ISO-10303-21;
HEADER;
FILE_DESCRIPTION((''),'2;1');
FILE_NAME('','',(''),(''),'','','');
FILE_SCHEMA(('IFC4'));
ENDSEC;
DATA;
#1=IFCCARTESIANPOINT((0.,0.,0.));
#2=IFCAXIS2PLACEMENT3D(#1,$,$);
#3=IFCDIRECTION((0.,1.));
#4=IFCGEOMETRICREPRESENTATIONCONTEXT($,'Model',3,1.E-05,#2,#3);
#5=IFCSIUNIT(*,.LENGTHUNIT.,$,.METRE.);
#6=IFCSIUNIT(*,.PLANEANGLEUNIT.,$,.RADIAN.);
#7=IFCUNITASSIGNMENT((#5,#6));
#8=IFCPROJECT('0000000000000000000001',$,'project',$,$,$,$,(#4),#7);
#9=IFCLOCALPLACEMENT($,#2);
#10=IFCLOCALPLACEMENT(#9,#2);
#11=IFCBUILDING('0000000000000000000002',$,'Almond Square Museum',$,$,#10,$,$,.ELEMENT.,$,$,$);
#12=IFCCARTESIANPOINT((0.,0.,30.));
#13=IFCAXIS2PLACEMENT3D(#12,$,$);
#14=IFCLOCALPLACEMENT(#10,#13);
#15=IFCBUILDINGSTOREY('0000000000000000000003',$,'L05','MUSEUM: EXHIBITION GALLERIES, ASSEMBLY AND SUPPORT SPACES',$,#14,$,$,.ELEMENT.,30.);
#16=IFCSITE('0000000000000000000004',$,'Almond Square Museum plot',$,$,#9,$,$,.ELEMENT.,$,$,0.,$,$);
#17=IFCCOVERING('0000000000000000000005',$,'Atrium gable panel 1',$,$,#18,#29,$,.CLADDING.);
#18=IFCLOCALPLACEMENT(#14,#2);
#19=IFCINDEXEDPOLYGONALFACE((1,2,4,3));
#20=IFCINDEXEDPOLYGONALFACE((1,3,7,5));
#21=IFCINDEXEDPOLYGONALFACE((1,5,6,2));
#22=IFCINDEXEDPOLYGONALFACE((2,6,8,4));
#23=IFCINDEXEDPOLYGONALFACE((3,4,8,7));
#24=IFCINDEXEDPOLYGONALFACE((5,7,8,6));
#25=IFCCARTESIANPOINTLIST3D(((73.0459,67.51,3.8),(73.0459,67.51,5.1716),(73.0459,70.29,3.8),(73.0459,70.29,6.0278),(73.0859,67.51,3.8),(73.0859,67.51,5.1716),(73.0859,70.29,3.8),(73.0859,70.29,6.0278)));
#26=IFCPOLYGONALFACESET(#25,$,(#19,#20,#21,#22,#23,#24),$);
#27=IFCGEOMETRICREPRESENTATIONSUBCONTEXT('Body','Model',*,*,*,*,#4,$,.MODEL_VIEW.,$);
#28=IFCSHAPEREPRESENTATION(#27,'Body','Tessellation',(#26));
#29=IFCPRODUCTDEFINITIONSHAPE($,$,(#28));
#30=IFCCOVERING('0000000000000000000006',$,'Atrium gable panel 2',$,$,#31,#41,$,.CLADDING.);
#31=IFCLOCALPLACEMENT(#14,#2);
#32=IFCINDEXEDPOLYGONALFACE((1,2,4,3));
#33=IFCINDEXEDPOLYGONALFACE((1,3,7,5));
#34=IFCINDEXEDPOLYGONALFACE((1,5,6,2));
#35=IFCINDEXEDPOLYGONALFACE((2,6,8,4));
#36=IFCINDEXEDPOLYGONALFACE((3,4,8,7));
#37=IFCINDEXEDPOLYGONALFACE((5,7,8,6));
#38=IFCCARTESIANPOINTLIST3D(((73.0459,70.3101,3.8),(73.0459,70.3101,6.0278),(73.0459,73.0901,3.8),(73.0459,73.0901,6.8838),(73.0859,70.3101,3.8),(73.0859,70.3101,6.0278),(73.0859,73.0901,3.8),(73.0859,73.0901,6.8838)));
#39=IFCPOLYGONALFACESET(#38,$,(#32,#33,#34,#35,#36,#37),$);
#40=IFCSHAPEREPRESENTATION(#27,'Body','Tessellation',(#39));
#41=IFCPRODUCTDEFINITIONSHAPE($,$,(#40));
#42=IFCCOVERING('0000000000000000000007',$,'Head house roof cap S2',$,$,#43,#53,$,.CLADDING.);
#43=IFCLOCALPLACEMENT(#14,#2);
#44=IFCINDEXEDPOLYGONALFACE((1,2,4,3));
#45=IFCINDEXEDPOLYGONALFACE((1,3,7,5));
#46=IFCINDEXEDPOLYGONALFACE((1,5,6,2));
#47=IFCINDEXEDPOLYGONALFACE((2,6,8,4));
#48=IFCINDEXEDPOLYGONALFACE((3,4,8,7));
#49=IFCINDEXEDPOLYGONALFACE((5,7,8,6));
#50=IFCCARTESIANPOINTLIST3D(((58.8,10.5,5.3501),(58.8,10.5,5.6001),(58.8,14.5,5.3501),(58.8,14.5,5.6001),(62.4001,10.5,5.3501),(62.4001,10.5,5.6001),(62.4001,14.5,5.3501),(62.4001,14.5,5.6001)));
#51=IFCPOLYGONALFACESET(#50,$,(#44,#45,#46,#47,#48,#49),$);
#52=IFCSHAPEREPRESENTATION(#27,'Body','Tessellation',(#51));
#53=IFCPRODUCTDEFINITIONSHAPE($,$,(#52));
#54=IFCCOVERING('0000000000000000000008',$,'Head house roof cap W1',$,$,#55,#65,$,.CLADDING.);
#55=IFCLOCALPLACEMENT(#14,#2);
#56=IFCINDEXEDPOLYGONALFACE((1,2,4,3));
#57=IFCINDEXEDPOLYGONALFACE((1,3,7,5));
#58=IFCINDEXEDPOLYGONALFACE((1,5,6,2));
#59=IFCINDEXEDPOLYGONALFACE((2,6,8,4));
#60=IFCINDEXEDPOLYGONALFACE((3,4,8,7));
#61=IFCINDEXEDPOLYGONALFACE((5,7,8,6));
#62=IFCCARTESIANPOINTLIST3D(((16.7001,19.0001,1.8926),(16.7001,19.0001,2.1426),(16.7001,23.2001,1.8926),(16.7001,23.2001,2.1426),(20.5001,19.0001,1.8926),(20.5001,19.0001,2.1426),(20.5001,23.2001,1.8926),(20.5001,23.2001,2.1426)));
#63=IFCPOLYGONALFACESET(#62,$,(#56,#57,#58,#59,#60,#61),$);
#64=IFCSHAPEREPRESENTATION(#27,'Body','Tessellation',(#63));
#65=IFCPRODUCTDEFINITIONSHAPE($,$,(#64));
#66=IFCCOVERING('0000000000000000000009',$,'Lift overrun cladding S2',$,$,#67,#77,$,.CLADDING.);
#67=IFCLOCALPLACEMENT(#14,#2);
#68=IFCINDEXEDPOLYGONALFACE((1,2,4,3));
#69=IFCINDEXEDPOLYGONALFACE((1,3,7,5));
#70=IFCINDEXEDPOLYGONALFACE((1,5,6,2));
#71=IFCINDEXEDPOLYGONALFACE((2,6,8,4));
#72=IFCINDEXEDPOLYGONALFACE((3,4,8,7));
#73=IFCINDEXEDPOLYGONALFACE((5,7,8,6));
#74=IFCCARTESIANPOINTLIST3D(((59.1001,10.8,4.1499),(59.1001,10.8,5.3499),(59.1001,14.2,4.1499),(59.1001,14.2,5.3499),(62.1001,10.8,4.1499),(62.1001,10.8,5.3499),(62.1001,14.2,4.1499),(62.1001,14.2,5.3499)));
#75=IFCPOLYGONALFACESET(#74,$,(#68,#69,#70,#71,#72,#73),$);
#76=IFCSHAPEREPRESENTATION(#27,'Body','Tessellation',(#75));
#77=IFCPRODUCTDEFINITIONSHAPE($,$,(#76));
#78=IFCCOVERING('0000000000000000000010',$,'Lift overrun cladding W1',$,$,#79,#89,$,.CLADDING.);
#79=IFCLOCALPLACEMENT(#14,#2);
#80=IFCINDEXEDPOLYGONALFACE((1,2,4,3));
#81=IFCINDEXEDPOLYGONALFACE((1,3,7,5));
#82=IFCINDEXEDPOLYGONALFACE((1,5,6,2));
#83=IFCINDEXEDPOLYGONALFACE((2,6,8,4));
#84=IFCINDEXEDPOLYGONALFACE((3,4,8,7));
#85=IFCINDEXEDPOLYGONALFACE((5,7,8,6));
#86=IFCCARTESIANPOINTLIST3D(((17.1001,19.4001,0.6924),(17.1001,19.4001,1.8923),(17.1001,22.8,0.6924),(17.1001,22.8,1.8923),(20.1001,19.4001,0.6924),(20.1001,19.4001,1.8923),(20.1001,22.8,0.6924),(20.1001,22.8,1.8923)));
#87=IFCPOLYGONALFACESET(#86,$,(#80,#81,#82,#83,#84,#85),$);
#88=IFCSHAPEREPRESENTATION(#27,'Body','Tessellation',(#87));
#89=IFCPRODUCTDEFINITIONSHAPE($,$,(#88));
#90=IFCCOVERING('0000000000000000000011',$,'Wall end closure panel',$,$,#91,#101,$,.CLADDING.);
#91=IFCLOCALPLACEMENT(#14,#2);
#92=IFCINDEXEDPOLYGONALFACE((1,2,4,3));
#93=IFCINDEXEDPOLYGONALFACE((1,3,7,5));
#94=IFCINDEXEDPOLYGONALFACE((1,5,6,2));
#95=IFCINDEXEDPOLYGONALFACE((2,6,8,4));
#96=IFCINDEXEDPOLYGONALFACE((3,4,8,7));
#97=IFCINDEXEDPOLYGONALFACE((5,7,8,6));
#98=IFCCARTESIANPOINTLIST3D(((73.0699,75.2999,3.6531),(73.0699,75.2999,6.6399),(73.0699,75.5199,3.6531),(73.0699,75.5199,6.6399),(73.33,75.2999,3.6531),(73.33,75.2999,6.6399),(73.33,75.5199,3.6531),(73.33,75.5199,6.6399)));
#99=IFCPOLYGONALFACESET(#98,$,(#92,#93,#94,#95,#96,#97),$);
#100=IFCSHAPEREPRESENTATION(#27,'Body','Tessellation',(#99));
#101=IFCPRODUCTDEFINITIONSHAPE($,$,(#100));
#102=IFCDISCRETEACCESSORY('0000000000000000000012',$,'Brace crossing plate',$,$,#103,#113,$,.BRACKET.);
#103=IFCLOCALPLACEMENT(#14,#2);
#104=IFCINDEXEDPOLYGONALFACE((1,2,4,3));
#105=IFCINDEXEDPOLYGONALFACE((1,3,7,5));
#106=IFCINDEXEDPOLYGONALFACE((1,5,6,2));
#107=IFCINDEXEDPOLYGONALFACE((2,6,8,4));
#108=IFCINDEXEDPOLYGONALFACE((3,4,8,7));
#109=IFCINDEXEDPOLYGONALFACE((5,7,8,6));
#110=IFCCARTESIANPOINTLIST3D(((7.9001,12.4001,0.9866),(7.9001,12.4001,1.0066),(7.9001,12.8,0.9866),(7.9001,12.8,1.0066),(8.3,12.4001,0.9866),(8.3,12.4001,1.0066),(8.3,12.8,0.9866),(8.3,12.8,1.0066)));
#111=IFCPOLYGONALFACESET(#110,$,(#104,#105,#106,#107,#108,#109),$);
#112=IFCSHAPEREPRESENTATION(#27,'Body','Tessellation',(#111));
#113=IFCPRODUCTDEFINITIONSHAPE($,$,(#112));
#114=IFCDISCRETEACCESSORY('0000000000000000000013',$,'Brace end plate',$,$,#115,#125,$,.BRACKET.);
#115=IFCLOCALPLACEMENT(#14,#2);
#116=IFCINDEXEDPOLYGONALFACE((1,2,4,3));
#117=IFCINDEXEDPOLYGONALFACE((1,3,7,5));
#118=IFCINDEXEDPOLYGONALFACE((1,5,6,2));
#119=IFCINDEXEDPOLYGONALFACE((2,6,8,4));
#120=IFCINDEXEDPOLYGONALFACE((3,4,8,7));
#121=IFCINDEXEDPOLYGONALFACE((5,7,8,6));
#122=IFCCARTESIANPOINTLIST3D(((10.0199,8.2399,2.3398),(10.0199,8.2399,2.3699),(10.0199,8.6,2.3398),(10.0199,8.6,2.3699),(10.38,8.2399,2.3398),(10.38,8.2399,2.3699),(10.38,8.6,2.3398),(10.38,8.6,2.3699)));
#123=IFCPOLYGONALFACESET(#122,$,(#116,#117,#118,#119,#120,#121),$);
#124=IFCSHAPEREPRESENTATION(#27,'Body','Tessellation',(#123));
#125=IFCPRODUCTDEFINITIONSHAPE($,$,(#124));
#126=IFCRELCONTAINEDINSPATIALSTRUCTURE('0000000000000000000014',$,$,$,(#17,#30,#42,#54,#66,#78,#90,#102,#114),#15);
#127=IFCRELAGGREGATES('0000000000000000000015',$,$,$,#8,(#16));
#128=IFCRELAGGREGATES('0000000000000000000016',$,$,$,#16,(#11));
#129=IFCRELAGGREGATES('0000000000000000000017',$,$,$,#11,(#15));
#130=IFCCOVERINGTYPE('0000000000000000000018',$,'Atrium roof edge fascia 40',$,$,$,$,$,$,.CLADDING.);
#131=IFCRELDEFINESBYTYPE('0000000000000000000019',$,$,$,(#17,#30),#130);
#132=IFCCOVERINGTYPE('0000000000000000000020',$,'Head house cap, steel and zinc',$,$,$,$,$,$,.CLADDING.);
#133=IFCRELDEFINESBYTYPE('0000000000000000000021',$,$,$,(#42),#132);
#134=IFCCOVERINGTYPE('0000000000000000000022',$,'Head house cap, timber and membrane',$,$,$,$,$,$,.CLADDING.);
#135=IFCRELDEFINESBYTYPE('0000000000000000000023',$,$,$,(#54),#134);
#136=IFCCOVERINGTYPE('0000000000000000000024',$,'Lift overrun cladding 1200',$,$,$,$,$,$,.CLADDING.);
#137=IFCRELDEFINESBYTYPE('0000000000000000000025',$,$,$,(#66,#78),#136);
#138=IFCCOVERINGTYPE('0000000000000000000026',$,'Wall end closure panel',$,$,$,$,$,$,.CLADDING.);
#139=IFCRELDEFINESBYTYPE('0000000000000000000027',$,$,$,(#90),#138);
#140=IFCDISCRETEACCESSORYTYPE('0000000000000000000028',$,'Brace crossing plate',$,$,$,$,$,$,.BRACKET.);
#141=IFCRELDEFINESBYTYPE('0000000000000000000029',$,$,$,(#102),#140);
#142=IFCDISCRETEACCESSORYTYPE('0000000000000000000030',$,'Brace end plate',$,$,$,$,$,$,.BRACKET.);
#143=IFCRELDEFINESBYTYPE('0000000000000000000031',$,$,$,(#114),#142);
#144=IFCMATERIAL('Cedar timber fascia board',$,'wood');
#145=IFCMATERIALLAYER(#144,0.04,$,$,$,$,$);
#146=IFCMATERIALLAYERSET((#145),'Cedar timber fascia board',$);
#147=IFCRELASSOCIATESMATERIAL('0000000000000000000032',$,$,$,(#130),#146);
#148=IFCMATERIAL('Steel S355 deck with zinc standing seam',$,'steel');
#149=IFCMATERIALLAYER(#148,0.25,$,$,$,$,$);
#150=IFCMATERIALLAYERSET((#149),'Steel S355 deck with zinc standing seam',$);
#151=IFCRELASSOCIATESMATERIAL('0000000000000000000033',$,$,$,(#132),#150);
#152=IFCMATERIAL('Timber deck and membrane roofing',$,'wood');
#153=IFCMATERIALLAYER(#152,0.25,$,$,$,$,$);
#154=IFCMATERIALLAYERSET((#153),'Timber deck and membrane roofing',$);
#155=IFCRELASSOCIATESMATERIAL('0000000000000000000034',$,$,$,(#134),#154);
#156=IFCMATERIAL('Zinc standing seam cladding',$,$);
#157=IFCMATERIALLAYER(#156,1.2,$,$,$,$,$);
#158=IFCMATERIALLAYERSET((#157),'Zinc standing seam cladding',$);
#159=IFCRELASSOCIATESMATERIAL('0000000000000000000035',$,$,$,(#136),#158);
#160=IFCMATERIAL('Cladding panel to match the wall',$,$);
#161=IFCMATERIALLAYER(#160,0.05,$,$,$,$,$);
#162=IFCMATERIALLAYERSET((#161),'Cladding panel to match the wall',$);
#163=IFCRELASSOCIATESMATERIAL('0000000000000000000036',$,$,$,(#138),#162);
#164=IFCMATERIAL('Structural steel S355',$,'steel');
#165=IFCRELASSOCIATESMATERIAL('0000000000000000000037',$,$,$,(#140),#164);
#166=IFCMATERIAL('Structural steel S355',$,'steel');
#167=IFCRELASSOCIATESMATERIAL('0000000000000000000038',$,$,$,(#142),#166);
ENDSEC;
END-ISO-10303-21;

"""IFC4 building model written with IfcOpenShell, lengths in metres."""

from ifc_helpers import new_model, si_unit, direction, frame, origin, origin_2d, place, context, subcontext, project, spatial, polyline, rectangle, outline, extrude, material, layer, layer_set, type_object, element, save


model = new_model("IFC4")

# Units and contexts
model_context = context("Model", 3, precision=1e-05, world=origin(), true_north=direction((0.0, 1.0)))
body_context = subcontext(model_context, "Body", "Model", "MODEL_VIEW")
ifc_project = project(units=[si_unit("LENGTHUNIT", "METRE"), si_unit("PLANEANGLEUNIT", "RADIAN")], contexts=[model_context])

# Site, building, storey
site_placement = place(None, origin())
site = spatial("IfcSite", under=ifc_project, at=site_placement, Name="Almond Square Museum plot", CompositionType="ELEMENT", RefElevation=0.0)
building_placement = place(site_placement, origin())
building = spatial("IfcBuilding", under=site, at=building_placement, Name="Almond Square Museum", CompositionType="ELEMENT")
storey_placement = place(building_placement, frame((0.0, 0.0, 30.0)))
storey = spatial("IfcBuildingStorey", under=building, at=storey_placement, Name="L05", Description="MUSEUM: EXHIBITION GALLERIES, ASSEMBLY AND SUPPORT SPACES", CompositionType="ELEMENT", Elevation=30.0)

# Coverings
ifc_material_1 = material(Name="Cedar timber fascia board", Category="wood")
ifc_layer_1 = layer(ifc_material_1, 0.04)
ifc_layer_set_1 = layer_set([ifc_layer_1], Name="Cedar timber fascia board")
covering_type_1 = type_object("IfcCoveringType", Name="Atrium roof edge fascia 40", PredefinedType="CLADDING", material=ifc_layer_set_1)
covering_1_placement = place(storey_placement, frame((73.0659, 67.51, 3.8), z_axis=(1.0, 0.0, 0.0), x_axis=(0.0, 1.0, 0.0)))
element("IfcCovering", 1, at=covering_1_placement, inside=storey, type_object=covering_type_1, Name="Atrium gable panel 1", PredefinedType="CLADDING", context=body_context, shape_type="SweptSolid", body=[
    extrude(outline(polyline([(0.0, 0.0), (2.78, 0.0), (2.78, 2.2278), (0.0, 1.3716), (0.0, 0.0)])), frame((0.0, 0.0, -0.02)), (0.0, 0.0, 1.0), 0.04),
])
covering_2_placement = place(storey_placement, frame((73.0659, 70.3101, 3.8), z_axis=(1.0, 0.0, 0.0), x_axis=(0.0, 1.0, 0.0)))
element("IfcCovering", 2, at=covering_2_placement, inside=storey, type_object=covering_type_1, Name="Atrium gable panel 2", PredefinedType="CLADDING", context=body_context, shape_type="SweptSolid", body=[
    extrude(outline(polyline([(0.0, 0.0), (2.78, 0.0), (2.78, 3.0837), (0.0, 2.2278), (0.0, 0.0)])), frame((0.0, 0.0, -0.02)), (0.0, 0.0, 1.0), 0.04),
])
ifc_material_2 = material(Name="Steel S355 deck with zinc standing seam", Category="steel")
ifc_layer_2 = layer(ifc_material_2, 0.25)
ifc_layer_set_2 = layer_set([ifc_layer_2], Name="Steel S355 deck with zinc standing seam")
covering_type_2 = type_object("IfcCoveringType", Name="Head house cap, steel and zinc", PredefinedType="CLADDING", material=ifc_layer_set_2)
covering_3_placement = place(storey_placement, frame((60.6001, 12.5, 5.3501), z_axis=(0.0, 0.0, 1.0), x_axis=(1.0, 0.0, 0.0)))
element("IfcCovering", 3, at=covering_3_placement, inside=storey, type_object=covering_type_2, Name="Head house roof cap S2", PredefinedType="CLADDING", context=body_context, shape_type="SweptSolid", body=[
    extrude(rectangle(XDim=3.6001, YDim=4.0, at=origin_2d()), origin(), (0.0, 0.0, 1.0), 0.25),
])
ifc_material_3 = material(Name="Timber deck and membrane roofing", Category="wood")
ifc_layer_3 = layer(ifc_material_3, 0.25)
ifc_layer_set_3 = layer_set([ifc_layer_3], Name="Timber deck and membrane roofing")
covering_type_3 = type_object("IfcCoveringType", Name="Head house cap, timber and membrane", PredefinedType="CLADDING", material=ifc_layer_set_3)
covering_4_placement = place(storey_placement, frame((18.6001, 21.1001, 1.8926), z_axis=(0.0, 0.0, 1.0), x_axis=(1.0, 0.0, 0.0)))
element("IfcCovering", 4, at=covering_4_placement, inside=storey, type_object=covering_type_3, Name="Head house roof cap W1", PredefinedType="CLADDING", context=body_context, shape_type="SweptSolid", body=[
    extrude(rectangle(XDim=3.8, YDim=4.2, at=origin_2d()), origin(), (0.0, 0.0, 1.0), 0.25),
])
ifc_material_4 = material(Name="Zinc standing seam cladding")
ifc_layer_4 = layer(ifc_material_4, 1.2)
ifc_layer_set_4 = layer_set([ifc_layer_4], Name="Zinc standing seam cladding")
covering_type_4 = type_object("IfcCoveringType", Name="Lift overrun cladding 1200", PredefinedType="CLADDING", material=ifc_layer_set_4)
for number, where, z_axis, x_axis, name in (
    (5, (60.6001, 12.5, 4.1499), (0.0, 0.0, 1.0), (1.0, 0.0, 0.0), "Lift overrun cladding S2"),
    (6, (18.6001, 21.1001, 0.6924), (0.0, 0.0, 1.0), (1.0, 0.0, 0.0), "Lift overrun cladding W1"),
):
    element("IfcCovering", number, at=place(storey_placement, frame(where, z_axis=z_axis, x_axis=x_axis)), inside=storey, type_object=covering_type_4, Name=name, PredefinedType="CLADDING", context=body_context, shape_type="SweptSolid", body=[
        extrude(rectangle(XDim=3.0, YDim=3.3999, at=origin_2d()), origin(), (0.0, 0.0, 1.0), 1.2),
    ])
ifc_material_5 = material(Name="Cladding panel to match the wall")
ifc_layer_5 = layer(ifc_material_5, 0.05)
ifc_layer_set_5 = layer_set([ifc_layer_5], Name="Cladding panel to match the wall")
covering_type_5 = type_object("IfcCoveringType", Name="Wall end closure panel", PredefinedType="CLADDING", material=ifc_layer_set_5)
covering_5_placement = place(storey_placement, frame((73.2, 75.4099, 3.6531), z_axis=(0.0, 0.0, 1.0), x_axis=(1.0, 0.0, 0.0)))
element("IfcCovering", 7, at=covering_5_placement, inside=storey, type_object=covering_type_5, Name="Wall end closure panel", PredefinedType="CLADDING", context=body_context, shape_type="SweptSolid", body=[
    extrude(rectangle(XDim=0.26, YDim=0.22, at=origin_2d()), origin(), (0.0, 0.0, 1.0), 2.9868),
])

# Discrete accessories
ifc_material_6 = material(Name="Structural steel S355", Category="steel")
discrete_accessory_type_1 = type_object("IfcDiscreteAccessoryType", Name="Brace crossing plate", PredefinedType="BRACKET", material=ifc_material_6)
discrete_accessory_1_placement = place(storey_placement, frame((8.1001, 12.6001, 0.9866), z_axis=(0.0, 0.0, 1.0), x_axis=(1.0, 0.0, 0.0)))
element("IfcDiscreteAccessory", 8, at=discrete_accessory_1_placement, inside=storey, type_object=discrete_accessory_type_1, Name="Brace crossing plate", PredefinedType="BRACKET", context=body_context, shape_type="SweptSolid", body=[
    extrude(rectangle(XDim=0.3999, YDim=0.3999, at=origin_2d()), origin(), (0.0, 0.0, 1.0), 0.02),
])
ifc_material_7 = material(Name="Structural steel S355", Category="steel")
discrete_accessory_type_2 = type_object("IfcDiscreteAccessoryType", Name="Brace end plate", PredefinedType="BRACKET", material=ifc_material_7)
discrete_accessory_2_placement = place(storey_placement, frame((10.2, 8.4199, 2.3398), z_axis=(0.0, 0.0, 1.0), x_axis=(1.0, 0.0, 0.0)))
element("IfcDiscreteAccessory", 9, at=discrete_accessory_2_placement, inside=storey, type_object=discrete_accessory_type_2, Name="Brace end plate", PredefinedType="BRACKET", context=body_context, shape_type="SweptSolid", body=[
    extrude(rectangle(XDim=0.3601, YDim=0.3601, at=origin_2d()), origin(), (0.0, 0.0, 1.0), 0.03),
])

save(model, "model.ifc")
